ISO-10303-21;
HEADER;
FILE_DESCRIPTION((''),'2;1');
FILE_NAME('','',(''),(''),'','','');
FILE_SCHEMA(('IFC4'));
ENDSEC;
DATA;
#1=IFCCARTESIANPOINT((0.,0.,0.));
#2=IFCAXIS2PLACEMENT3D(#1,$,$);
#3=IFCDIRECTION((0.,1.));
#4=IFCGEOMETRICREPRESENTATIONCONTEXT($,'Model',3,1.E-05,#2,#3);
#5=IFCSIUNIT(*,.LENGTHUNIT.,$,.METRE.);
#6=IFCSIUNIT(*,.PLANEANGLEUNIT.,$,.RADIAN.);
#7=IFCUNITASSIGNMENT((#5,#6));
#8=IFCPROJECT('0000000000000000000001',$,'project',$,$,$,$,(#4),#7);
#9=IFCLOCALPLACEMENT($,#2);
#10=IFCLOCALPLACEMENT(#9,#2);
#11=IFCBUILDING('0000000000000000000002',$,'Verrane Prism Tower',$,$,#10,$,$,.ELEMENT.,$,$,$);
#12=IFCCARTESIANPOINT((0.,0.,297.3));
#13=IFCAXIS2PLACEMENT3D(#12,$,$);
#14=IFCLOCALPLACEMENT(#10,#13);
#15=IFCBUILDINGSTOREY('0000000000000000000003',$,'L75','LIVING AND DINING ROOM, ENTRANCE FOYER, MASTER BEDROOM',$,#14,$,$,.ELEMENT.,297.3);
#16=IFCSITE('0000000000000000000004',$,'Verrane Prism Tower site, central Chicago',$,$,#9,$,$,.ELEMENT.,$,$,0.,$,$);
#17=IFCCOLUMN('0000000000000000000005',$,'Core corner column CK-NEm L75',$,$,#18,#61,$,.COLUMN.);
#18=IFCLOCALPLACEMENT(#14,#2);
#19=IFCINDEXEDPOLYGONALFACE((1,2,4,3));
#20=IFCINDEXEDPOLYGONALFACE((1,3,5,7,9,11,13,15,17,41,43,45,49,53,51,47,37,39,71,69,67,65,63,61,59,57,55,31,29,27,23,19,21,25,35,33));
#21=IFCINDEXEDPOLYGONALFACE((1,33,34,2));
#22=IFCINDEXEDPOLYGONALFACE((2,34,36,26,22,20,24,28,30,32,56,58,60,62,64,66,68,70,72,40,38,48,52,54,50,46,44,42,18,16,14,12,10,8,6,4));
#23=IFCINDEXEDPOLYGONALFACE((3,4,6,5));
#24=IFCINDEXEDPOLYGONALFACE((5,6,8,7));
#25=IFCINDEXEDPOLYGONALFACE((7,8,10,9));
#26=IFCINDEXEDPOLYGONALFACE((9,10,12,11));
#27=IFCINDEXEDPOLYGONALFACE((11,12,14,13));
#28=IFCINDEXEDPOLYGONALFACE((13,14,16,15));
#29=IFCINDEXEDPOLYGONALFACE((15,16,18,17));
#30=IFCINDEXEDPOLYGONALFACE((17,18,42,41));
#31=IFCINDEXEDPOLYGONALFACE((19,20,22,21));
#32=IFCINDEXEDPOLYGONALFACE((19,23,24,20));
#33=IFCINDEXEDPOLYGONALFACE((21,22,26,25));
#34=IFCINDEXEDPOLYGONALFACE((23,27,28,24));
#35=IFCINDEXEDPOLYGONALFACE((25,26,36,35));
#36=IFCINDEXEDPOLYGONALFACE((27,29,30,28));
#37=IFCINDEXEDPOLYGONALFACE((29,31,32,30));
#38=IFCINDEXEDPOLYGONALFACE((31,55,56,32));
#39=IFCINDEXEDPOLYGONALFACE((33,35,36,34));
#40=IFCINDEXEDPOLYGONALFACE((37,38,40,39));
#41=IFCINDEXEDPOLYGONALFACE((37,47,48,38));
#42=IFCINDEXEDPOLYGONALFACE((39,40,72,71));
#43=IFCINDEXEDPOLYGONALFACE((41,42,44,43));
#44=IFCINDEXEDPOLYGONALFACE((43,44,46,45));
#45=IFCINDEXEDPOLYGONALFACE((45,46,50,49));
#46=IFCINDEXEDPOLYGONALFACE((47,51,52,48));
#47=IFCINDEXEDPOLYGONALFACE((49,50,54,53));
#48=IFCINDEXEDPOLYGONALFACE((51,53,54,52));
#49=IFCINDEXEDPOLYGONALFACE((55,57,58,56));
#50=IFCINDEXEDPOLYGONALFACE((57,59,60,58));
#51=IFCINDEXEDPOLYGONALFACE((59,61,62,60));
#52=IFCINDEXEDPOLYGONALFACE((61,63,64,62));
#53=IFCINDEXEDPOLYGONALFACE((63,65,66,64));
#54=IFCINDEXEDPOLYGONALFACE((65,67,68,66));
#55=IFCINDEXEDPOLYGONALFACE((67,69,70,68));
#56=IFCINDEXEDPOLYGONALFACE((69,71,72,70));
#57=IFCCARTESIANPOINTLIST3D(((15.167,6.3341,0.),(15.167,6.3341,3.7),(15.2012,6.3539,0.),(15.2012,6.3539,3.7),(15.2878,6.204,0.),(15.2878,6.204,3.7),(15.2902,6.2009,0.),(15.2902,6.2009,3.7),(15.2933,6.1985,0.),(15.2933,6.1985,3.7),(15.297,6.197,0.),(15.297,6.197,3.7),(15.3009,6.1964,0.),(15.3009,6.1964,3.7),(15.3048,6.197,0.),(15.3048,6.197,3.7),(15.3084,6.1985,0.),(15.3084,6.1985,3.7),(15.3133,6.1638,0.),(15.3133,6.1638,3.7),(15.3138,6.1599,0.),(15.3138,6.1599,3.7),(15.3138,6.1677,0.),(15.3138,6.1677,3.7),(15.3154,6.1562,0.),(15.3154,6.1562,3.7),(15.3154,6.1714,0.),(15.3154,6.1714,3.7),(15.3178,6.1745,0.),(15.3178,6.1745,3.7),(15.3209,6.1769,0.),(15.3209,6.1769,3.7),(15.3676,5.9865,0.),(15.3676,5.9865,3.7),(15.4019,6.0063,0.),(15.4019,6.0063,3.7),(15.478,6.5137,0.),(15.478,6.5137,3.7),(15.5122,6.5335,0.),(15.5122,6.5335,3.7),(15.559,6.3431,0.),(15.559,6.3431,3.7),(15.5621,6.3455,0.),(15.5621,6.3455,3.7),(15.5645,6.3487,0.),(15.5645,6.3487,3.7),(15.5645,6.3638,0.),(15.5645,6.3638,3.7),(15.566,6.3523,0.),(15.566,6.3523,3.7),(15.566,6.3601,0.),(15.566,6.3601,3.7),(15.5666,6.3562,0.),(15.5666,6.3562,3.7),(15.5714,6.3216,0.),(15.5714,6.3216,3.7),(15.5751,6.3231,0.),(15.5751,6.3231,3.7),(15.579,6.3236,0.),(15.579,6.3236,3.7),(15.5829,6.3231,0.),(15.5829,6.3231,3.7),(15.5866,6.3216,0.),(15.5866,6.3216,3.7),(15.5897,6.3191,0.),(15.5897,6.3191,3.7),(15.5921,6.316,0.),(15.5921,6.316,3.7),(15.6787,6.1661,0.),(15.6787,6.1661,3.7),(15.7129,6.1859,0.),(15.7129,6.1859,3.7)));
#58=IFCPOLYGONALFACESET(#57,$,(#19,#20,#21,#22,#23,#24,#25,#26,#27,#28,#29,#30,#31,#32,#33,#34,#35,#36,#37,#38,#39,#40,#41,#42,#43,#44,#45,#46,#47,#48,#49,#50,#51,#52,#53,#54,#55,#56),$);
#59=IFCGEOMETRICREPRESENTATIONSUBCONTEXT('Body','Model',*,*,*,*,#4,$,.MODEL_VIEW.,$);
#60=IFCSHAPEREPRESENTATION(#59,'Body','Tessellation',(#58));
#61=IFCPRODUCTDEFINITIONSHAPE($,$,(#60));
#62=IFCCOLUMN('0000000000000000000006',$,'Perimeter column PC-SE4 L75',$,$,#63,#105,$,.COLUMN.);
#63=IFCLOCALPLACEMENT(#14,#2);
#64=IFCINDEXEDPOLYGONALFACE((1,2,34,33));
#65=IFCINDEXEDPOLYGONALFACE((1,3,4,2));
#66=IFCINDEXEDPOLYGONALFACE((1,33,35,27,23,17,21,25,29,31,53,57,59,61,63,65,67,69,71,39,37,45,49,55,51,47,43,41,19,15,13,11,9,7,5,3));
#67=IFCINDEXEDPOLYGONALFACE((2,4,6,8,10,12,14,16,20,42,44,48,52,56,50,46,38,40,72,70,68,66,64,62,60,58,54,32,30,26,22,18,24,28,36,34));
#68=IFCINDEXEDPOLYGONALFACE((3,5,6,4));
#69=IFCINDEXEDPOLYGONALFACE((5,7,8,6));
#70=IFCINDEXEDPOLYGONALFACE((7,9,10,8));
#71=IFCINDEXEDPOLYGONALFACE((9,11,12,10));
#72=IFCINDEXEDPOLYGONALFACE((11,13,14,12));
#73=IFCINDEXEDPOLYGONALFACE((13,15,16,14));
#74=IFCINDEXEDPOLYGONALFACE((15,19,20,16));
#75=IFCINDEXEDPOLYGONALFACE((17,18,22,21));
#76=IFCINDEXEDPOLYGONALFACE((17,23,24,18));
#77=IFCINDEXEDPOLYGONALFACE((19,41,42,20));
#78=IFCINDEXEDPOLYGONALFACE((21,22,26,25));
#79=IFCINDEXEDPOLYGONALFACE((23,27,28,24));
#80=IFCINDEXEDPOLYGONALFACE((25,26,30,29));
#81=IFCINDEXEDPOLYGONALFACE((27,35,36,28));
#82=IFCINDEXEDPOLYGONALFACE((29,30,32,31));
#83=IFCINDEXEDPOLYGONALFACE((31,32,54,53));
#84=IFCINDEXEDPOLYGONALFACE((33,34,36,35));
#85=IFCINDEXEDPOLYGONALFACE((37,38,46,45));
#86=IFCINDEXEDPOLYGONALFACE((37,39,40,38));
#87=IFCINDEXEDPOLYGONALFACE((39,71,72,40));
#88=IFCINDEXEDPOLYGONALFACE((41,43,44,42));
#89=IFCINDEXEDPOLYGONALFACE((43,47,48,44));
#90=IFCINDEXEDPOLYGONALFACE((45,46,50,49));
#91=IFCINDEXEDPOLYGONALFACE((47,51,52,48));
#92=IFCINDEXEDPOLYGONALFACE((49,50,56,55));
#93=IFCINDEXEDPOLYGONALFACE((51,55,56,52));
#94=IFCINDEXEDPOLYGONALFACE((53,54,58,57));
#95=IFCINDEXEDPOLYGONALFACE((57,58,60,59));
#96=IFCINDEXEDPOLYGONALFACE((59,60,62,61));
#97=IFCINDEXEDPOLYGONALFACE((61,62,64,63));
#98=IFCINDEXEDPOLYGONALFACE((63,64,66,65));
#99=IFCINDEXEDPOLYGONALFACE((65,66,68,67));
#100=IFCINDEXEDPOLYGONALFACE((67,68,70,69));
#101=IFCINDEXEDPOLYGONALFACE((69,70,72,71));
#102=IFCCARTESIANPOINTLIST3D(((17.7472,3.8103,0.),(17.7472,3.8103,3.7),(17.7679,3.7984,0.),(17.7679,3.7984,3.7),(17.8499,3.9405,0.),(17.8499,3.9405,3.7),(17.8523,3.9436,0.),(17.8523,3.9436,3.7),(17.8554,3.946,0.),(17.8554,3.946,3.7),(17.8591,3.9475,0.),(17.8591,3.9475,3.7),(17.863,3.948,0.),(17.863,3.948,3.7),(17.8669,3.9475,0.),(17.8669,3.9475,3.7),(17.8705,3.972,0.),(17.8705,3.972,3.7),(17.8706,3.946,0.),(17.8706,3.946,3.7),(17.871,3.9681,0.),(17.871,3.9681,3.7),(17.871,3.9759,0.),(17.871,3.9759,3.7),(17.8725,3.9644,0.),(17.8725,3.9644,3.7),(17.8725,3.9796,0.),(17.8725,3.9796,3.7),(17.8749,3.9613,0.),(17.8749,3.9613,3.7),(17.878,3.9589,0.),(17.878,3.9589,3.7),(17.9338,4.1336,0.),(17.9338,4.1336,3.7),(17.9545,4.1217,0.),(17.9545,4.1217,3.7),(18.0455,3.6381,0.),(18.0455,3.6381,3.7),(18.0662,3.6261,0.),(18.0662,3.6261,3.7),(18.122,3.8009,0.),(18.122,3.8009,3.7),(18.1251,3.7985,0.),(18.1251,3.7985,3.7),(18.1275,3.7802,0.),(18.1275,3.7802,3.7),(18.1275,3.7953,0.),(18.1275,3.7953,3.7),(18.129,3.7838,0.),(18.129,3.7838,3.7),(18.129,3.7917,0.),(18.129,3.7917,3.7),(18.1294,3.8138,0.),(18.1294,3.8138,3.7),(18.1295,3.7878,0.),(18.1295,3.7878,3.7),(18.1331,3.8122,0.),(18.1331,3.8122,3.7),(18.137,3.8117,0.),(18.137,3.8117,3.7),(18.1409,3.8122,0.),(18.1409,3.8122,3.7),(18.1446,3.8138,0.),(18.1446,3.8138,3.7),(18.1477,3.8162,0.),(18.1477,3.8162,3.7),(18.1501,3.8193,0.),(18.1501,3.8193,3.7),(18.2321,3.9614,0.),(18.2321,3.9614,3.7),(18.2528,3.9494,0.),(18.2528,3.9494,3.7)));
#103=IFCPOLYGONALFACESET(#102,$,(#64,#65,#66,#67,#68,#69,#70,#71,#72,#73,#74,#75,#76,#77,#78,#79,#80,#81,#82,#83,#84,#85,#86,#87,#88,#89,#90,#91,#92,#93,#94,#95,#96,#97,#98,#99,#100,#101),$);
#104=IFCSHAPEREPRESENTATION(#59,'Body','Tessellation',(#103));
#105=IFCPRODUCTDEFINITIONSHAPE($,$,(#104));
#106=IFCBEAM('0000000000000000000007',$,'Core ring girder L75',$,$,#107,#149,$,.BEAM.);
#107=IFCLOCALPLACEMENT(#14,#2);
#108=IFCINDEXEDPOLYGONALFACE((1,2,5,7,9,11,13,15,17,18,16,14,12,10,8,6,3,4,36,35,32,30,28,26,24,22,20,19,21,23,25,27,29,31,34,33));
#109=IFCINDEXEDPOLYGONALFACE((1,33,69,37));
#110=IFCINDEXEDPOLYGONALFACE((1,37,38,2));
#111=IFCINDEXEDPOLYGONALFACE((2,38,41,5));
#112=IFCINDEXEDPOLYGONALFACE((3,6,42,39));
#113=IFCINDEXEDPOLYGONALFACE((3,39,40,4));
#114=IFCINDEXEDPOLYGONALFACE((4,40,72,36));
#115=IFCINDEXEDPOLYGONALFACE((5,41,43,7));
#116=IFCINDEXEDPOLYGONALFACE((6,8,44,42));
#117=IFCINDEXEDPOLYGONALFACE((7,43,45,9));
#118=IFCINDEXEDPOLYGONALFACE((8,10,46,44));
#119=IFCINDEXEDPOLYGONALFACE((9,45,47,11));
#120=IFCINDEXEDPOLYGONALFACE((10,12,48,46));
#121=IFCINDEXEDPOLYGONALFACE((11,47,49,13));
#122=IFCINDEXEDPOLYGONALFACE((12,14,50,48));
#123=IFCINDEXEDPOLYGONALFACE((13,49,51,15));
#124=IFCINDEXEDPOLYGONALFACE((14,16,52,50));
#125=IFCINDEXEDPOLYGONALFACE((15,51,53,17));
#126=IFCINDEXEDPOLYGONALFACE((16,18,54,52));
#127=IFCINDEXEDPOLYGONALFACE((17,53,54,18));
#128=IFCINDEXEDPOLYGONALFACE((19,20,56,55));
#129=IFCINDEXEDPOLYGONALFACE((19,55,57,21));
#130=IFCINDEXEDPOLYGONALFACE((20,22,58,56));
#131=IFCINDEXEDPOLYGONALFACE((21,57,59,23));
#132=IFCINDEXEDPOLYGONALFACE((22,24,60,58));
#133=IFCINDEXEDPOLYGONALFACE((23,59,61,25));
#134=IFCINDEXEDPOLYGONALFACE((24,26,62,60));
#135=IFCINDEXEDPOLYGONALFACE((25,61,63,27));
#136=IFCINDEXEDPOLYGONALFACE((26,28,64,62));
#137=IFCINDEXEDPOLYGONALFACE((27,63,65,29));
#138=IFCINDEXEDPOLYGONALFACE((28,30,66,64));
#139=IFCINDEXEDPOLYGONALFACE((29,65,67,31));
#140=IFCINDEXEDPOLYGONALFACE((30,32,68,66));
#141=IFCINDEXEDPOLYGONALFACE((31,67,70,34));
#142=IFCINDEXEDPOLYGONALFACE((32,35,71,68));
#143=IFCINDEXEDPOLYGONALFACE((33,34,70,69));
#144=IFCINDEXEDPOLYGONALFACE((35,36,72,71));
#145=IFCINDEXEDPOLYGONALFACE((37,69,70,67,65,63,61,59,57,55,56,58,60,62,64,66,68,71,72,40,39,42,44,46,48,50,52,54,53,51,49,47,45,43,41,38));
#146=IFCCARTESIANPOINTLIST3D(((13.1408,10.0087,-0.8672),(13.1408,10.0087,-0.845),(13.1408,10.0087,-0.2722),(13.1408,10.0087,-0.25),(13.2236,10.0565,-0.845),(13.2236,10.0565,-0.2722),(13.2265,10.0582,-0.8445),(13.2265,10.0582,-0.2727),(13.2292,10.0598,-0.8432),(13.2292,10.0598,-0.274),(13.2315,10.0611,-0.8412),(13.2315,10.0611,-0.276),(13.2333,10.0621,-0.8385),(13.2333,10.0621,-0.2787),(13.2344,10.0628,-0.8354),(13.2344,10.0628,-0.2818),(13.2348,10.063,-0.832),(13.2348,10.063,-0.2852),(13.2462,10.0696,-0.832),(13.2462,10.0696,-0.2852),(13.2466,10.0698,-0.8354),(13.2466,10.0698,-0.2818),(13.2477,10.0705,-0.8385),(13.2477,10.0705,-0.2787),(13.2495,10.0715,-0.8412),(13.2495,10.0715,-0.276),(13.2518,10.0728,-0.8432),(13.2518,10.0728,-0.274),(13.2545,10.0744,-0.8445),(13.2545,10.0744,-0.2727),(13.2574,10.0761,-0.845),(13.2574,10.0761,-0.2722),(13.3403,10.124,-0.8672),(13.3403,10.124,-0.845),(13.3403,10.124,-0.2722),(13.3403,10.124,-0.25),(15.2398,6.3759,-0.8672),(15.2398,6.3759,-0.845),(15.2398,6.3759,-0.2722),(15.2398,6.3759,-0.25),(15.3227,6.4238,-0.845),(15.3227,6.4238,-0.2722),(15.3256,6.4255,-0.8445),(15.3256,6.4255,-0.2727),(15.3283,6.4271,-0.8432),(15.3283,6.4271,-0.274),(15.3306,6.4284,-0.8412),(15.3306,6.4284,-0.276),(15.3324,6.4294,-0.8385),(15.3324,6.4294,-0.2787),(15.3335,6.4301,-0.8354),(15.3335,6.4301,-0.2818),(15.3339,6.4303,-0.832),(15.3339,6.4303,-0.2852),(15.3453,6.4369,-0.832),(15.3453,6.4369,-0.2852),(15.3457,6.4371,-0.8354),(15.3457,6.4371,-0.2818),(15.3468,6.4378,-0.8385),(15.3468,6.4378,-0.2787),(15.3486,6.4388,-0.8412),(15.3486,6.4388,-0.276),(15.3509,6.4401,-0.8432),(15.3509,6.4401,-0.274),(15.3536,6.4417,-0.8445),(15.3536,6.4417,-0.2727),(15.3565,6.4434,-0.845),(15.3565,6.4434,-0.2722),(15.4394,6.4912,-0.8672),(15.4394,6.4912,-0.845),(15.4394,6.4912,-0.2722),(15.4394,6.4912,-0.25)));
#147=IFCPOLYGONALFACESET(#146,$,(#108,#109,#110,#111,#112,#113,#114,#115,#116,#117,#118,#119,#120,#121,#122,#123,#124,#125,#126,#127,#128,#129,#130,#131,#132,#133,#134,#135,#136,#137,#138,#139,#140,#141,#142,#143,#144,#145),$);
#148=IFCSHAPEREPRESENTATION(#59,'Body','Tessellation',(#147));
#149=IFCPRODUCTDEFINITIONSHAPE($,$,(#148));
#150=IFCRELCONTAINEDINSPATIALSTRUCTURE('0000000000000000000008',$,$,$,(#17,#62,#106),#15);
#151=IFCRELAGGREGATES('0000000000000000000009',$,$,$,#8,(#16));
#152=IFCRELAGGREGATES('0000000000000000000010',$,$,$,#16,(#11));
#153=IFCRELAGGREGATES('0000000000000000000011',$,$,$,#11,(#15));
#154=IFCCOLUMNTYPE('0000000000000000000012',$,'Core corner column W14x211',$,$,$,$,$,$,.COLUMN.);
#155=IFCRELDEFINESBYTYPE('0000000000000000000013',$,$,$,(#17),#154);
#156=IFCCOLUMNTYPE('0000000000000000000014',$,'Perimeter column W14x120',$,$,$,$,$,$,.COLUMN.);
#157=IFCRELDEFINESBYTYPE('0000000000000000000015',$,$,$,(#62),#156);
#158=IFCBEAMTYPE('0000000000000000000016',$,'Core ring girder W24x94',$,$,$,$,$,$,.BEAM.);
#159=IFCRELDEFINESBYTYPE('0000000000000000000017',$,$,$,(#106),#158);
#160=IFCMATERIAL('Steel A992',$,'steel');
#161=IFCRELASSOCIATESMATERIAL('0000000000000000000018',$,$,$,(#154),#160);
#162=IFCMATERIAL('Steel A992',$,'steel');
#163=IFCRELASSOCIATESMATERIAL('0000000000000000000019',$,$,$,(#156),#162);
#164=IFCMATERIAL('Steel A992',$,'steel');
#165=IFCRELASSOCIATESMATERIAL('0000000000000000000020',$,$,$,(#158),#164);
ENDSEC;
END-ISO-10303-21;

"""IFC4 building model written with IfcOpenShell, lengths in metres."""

from ifc_helpers import new_model, si_unit, direction, frame, origin, origin_2d, place, context, subcontext, project, spatial, i_section, extrude, material, material_profile, profile_set, type_object, element, save


model = new_model("IFC4")

# Units and contexts
model_context = context("Model", 3, precision=1e-05, world=origin(), true_north=direction((0.0, 1.0)))
body_context = subcontext(model_context, "Body", "Model", "MODEL_VIEW")
ifc_project = project(units=[si_unit("LENGTHUNIT", "METRE"), si_unit("PLANEANGLEUNIT", "RADIAN")], contexts=[model_context])

# Site, building, storey
site_placement = place(None, origin())
site = spatial("IfcSite", under=ifc_project, at=site_placement, Name="Verrane Prism Tower site, central Chicago", CompositionType="ELEMENT", RefElevation=0.0)
building_placement = place(site_placement, origin())
building = spatial("IfcBuilding", under=site, at=building_placement, Name="Verrane Prism Tower", CompositionType="ELEMENT")
storey_placement = place(building_placement, frame((0.0, 0.0, 297.3)))
storey = spatial("IfcBuildingStorey", under=building, at=storey_placement, Name="L75", Description="LIVING AND DINING ROOM, ENTRANCE FOYER, MASTER BEDROOM", CompositionType="ELEMENT", Elevation=297.3)

# Columns
ifc_material_1 = material(Name="Steel A992", Category="steel")
ifc_material_profile_1 = material_profile(ifc_material_1, i_section(OverallWidth=0.4014, OverallDepth=0.3987, WebThickness=0.0249, FlangeThickness=0.0396, FilletRadius=0.0151, at=origin_2d()), Name="W14x211")
ifc_profile_set_1 = profile_set([ifc_material_profile_1], Name="Steel A992")
column_type_1 = type_object("IfcColumnType", Name="Core corner column W14x211", PredefinedType="COLUMN", material=ifc_profile_set_1)
column_1_placement = place(storey_placement, frame((15.4399, 6.26, 0.0), z_axis=(0.0, 0.0, 1.0), x_axis=(0.5, -0.866025, 0.0)))
element("IfcColumn", 1, at=column_1_placement, inside=storey, type_object=column_type_1, Name="Core corner column CK-NEm L75", PredefinedType="COLUMN", context=body_context, shape_type="SweptSolid", body=[
    extrude(i_section(OverallWidth=0.4014, OverallDepth=0.3987, WebThickness=0.0249, FlangeThickness=0.0396, FilletRadius=0.0151, at=origin_2d()), origin(), (0.0, 0.0, 1.0), 3.7),
])
ifc_material_2 = material(Name="Steel A992", Category="steel")
ifc_material_profile_2 = material_profile(ifc_material_2, i_section(OverallWidth=0.3733, OverallDepth=0.3684, WebThickness=0.0149, FlangeThickness=0.0239, FilletRadius=0.0151, at=origin_2d()), Name="W14x120")
ifc_profile_set_2 = profile_set([ifc_material_profile_2], Name="Steel A992")
column_type_2 = type_object("IfcColumnType", Name="Perimeter column W14x120", PredefinedType="COLUMN", material=ifc_profile_set_2)
column_2_placement = place(storey_placement, frame((18.0, 3.8799, 0.0), z_axis=(0.0, 0.0, 1.0), x_axis=(-0.5, -0.866025, 0.0)))
element("IfcColumn", 2, at=column_2_placement, inside=storey, type_object=column_type_2, Name="Perimeter column PC-SE4 L75", PredefinedType="COLUMN", context=body_context, shape_type="SweptSolid", body=[
    extrude(i_section(OverallWidth=0.3733, OverallDepth=0.3684, WebThickness=0.0149, FlangeThickness=0.0239, FilletRadius=0.0151, at=origin_2d()), origin(), (0.0, 0.0, 1.0), 3.7),
])

# Beam
ifc_material_3 = material(Name="Steel A992", Category="steel")
ifc_material_profile_3 = material_profile(ifc_material_3, i_section(OverallWidth=0.2305, OverallDepth=0.6172, WebThickness=0.0132, FlangeThickness=0.0222, FilletRadius=0.0129, at=origin_2d()), Name="W24x94")
ifc_profile_set_3 = profile_set([ifc_material_profile_3], Name="Steel A992")
beam_type_1 = type_object("IfcBeamType", Name="Core ring girder W24x94", PredefinedType="BEAM", material=ifc_profile_set_3)
beam_1_placement = place(storey_placement, frame((15.3396, 6.4336, -0.5586), z_axis=(-0.500307, 0.865848, 0.0), x_axis=(-0.865848, -0.500307, 0.0)))
element("IfcBeam", 3, at=beam_1_placement, inside=storey, type_object=beam_type_1, Name="Core ring girder L75", PredefinedType="BEAM", context=body_context, shape_type="SweptSolid", body=[
    extrude(i_section(OverallWidth=0.2305, OverallDepth=0.6172, WebThickness=0.0132, FlangeThickness=0.0222, FilletRadius=0.0129, at=origin_2d()), origin(), (0.0, 0.0, 1.0), 4.1956),
])

save(model, "model.ifc")
